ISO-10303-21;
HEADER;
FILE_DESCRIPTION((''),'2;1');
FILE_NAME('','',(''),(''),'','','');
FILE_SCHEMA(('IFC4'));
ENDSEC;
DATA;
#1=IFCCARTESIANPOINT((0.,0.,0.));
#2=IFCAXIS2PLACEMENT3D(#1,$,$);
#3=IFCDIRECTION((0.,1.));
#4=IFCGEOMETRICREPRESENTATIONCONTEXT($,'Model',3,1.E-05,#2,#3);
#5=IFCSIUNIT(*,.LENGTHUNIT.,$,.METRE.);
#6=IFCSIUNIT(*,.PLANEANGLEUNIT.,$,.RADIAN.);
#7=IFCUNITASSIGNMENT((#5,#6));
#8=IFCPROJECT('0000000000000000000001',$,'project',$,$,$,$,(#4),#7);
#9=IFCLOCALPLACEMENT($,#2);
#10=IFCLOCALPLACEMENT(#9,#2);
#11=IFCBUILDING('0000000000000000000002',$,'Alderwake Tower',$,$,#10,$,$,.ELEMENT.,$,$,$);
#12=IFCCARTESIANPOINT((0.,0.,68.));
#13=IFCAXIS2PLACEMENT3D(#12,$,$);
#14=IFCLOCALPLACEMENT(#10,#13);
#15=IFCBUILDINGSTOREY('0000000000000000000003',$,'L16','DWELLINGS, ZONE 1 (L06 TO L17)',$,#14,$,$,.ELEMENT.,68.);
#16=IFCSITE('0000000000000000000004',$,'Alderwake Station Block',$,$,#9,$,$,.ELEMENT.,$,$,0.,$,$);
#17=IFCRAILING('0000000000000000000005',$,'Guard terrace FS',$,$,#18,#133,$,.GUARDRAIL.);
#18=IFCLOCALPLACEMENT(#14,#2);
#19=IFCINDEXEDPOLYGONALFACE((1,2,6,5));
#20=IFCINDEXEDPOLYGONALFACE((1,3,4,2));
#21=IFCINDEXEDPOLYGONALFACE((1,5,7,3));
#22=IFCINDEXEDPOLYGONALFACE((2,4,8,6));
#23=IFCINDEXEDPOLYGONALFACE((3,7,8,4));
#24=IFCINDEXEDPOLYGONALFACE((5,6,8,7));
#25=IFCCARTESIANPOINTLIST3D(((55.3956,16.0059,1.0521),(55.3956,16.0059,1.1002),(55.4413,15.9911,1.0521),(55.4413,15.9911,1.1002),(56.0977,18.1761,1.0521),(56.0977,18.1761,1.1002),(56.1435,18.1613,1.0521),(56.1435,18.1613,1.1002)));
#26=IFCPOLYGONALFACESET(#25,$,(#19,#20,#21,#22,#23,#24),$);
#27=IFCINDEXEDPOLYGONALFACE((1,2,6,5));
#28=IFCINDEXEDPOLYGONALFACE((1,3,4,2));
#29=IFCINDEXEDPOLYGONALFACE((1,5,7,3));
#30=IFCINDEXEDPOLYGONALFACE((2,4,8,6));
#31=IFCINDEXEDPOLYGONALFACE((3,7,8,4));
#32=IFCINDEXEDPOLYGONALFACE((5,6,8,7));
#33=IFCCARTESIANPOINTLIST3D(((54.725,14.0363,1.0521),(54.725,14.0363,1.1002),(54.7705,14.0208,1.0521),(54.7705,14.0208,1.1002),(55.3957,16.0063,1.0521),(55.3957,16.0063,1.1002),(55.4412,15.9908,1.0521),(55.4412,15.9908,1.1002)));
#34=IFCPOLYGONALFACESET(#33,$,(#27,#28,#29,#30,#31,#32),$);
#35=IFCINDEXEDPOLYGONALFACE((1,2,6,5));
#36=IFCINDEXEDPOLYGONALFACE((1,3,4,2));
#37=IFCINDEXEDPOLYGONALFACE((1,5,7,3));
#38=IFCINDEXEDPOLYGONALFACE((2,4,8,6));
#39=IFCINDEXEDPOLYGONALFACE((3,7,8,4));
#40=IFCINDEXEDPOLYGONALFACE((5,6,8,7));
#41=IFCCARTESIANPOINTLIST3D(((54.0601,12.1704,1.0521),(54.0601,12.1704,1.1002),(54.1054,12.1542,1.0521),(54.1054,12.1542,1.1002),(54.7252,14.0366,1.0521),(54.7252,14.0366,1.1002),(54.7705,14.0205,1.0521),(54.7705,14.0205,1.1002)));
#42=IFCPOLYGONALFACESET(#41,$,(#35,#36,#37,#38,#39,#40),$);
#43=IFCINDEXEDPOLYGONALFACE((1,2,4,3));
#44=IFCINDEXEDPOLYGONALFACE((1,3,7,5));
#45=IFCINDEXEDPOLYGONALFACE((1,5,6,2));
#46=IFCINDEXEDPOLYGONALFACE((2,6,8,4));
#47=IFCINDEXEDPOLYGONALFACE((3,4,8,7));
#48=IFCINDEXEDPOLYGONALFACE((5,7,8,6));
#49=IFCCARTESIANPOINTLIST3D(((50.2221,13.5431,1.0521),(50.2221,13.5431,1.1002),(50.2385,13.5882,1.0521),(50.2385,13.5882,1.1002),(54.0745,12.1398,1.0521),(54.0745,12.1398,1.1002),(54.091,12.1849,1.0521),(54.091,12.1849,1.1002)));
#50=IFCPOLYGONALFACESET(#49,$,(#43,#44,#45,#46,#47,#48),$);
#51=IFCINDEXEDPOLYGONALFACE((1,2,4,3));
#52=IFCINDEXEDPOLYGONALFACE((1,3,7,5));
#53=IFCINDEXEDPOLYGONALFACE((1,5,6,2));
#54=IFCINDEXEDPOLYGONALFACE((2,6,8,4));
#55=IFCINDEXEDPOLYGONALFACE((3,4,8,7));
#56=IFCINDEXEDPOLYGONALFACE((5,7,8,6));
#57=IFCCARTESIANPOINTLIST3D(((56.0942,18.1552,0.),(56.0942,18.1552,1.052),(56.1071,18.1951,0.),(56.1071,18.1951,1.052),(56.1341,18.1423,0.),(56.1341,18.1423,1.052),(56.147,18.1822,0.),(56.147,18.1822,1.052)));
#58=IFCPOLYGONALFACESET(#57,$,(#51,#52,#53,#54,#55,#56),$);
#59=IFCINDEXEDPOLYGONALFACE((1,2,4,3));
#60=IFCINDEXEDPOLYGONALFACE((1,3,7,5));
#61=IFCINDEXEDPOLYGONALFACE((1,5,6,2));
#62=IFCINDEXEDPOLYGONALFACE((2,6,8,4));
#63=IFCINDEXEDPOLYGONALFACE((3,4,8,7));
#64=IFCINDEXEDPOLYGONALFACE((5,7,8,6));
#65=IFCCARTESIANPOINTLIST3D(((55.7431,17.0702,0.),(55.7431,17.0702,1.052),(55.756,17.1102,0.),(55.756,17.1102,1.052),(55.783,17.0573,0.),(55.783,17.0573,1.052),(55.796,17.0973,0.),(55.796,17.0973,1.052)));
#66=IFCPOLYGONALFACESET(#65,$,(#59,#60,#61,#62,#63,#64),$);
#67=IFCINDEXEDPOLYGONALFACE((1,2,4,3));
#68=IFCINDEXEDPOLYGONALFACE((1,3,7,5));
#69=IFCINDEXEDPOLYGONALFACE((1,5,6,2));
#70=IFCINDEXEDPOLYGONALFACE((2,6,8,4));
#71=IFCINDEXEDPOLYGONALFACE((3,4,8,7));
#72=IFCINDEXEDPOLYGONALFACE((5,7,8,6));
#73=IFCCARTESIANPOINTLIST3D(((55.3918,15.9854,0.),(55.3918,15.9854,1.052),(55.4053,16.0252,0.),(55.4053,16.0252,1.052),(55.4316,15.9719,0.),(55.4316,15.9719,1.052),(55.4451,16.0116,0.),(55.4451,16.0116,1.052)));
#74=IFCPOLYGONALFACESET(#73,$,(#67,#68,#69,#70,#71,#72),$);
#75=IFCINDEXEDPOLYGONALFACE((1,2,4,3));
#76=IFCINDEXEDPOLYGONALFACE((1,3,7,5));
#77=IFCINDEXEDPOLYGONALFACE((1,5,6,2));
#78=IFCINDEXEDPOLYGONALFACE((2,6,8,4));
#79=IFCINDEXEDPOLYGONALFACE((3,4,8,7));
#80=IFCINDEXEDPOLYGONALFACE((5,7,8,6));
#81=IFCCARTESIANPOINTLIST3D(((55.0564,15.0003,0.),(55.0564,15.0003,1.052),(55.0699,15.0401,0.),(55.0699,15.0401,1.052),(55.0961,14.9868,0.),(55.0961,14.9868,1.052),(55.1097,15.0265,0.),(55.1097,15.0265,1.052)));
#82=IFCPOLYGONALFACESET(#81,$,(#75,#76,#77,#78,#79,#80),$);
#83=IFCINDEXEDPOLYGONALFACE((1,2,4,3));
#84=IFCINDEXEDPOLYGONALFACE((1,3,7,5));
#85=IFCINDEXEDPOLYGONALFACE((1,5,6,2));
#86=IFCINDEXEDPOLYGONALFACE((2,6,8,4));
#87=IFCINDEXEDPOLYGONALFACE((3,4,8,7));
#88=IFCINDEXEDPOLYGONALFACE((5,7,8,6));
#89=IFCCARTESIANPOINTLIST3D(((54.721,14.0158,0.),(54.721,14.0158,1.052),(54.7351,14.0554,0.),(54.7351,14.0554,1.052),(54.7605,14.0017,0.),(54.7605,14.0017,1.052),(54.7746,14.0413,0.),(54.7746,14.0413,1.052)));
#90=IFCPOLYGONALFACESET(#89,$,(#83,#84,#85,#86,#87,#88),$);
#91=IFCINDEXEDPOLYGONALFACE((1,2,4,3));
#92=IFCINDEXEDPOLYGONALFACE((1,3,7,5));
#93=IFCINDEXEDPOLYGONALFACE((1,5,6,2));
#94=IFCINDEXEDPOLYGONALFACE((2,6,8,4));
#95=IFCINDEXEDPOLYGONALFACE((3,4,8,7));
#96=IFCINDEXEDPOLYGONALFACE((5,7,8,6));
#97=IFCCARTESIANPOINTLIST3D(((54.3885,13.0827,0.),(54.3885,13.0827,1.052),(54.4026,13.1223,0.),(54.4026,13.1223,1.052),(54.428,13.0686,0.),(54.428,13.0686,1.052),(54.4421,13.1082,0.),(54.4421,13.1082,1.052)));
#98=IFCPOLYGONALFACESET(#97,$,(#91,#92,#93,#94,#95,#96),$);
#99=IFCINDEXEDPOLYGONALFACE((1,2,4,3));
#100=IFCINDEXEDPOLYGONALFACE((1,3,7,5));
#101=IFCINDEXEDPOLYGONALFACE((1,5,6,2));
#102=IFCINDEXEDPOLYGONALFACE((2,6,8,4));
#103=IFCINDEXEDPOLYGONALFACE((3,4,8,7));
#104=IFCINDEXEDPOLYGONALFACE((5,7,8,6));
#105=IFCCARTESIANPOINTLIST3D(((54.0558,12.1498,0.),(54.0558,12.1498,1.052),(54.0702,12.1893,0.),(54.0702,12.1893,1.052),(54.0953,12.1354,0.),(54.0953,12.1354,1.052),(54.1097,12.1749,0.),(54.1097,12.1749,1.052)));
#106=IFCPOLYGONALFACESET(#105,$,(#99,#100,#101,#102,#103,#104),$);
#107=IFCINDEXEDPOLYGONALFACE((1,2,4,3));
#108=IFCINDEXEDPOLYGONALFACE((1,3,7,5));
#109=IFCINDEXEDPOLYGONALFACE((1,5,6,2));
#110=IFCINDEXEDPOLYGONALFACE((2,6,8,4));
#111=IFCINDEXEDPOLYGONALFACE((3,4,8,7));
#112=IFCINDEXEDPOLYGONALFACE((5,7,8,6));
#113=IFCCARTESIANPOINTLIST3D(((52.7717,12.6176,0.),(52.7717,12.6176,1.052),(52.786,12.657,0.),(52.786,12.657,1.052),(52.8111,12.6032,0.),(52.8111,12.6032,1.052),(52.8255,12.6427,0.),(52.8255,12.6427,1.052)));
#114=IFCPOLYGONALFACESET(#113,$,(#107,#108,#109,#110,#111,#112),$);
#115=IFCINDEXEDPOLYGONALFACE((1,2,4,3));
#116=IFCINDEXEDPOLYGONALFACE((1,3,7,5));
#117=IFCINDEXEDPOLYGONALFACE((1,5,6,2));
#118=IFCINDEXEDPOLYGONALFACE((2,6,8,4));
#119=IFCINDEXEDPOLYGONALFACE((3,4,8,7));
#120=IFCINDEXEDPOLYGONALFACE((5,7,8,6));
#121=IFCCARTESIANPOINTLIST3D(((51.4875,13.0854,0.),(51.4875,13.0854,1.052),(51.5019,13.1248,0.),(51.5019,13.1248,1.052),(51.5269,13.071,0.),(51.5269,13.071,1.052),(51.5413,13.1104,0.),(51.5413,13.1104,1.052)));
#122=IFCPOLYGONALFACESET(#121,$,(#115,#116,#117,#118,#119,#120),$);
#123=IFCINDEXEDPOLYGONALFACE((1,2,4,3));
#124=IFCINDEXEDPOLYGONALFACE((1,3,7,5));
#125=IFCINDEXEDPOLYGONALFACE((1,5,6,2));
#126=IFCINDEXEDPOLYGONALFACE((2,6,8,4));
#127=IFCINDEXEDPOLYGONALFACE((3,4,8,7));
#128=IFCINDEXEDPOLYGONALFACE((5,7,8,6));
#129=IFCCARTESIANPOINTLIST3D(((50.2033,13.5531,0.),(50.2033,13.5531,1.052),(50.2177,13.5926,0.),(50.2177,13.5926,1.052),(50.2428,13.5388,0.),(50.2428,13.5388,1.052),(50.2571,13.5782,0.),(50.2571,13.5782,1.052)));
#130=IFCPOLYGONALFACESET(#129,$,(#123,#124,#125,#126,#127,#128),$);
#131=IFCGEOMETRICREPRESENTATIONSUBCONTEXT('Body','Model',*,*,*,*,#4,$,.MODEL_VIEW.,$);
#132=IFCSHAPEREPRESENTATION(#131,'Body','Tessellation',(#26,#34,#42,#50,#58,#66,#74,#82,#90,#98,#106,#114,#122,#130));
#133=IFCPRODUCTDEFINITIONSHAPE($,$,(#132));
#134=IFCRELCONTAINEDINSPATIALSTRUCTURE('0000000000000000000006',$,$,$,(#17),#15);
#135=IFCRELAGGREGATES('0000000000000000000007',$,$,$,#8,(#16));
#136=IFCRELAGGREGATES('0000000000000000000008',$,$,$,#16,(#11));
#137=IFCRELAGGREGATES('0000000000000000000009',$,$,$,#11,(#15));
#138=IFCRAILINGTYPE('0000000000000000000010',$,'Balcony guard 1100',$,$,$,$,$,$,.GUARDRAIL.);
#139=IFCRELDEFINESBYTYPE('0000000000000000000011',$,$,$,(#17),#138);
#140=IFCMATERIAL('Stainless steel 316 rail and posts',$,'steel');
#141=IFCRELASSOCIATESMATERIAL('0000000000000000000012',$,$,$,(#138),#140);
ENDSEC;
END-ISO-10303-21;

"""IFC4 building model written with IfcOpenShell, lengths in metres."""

from ifc_helpers import new_model, si_unit, direction, frame, origin, origin_2d, place, context, subcontext, project, spatial, rectangle, extrude, material, type_object, element, save


model = new_model("IFC4")

# Units and contexts
model_context = context("Model", 3, precision=1e-05, world=origin(), true_north=direction((0.0, 1.0)))
body_context = subcontext(model_context, "Body", "Model", "MODEL_VIEW")
ifc_project = project(units=[si_unit("LENGTHUNIT", "METRE"), si_unit("PLANEANGLEUNIT", "RADIAN")], contexts=[model_context])

# Site, building, storey
site_placement = place(None, origin())
site = spatial("IfcSite", under=ifc_project, at=site_placement, Name="Alderwake Station Block", CompositionType="ELEMENT", RefElevation=0.0)
building_placement = place(site_placement, origin())
building = spatial("IfcBuilding", under=site, at=building_placement, Name="Alderwake Tower", CompositionType="ELEMENT")
storey_placement = place(building_placement, frame((0.0, 0.0, 68.0)))
storey = spatial("IfcBuildingStorey", under=building, at=storey_placement, Name="L16", Description="DWELLINGS, ZONE 1 (L06 TO L17)", CompositionType="ELEMENT", Elevation=68.0)

# Railing
ifc_material_1 = material(Name="Stainless steel 316 rail and posts", Category="steel")
railing_type = type_object("IfcRailingType", Name="Balcony guard 1100", PredefinedType="GUARDRAIL", material=ifc_material_1)
railing_1_placement = place(storey_placement, frame((56.1206, 18.1687, 0.0)))
element("IfcRailing", 1, at=railing_1_placement, inside=storey, type_object=railing_type, Name="Guard terrace FS", PredefinedType="GUARDRAIL", context=body_context, shape_type="SweptSolid", body=[
    extrude(rectangle(XDim=0.0481, YDim=0.0481, at=origin_2d()), frame((0.0, 0.0, 1.0762), z_axis=(-0.307835, -0.95144, 0.0), x_axis=(0.95144, -0.307835, 0.0)), (0.0, 0.0, 1.0), 2.281),
    extrude(rectangle(XDim=0.0481, YDim=0.0481, at=origin_2d()), frame((-0.7021, -2.1702, 1.0762), z_axis=(-0.322275, -0.946646, 0.0), x_axis=(0.946646, -0.322275, 0.0)), (0.0, 0.0, 1.0), 2.0811),
    extrude(rectangle(XDim=0.0481, YDim=0.0481, at=origin_2d()), frame((-1.3728, -4.1401, 1.0762), z_axis=(-0.335681, -0.941976, 0.0), x_axis=(0.941976, -0.335681, 0.0)), (0.0, 0.0, 1.0), 1.9812),
    extrude(rectangle(XDim=0.0481, YDim=0.0481, at=origin_2d()), frame((-2.0378, -6.0063, 1.0762), z_axis=(-0.939606, 0.342259, 0.0), x_axis=(-0.342259, -0.939606, 0.0)), (0.0, 0.0, 1.0), 4.1001),
    extrude(rectangle(XDim=0.042, YDim=0.042, at=origin_2d()), frame((0.0, 0.0, 0.0), z_axis=(0.0, 0.0, 1.0), x_axis=(-0.307835, -0.95144, 0.0)), (0.0, 0.0, 1.0), 1.052),
    extrude(rectangle(XDim=0.042, YDim=0.042, at=origin_2d()), frame((-0.3511, -1.085, 0.0), z_axis=(0.0, 0.0, 1.0), x_axis=(-0.307835, -0.95144, 0.0)), (0.0, 0.0, 1.0), 1.052),
    extrude(rectangle(XDim=0.042, YDim=0.042, at=origin_2d()), frame((-0.7021, -2.1702, 0.0), z_axis=(0.0, 0.0, 1.0), x_axis=(-0.322275, -0.946646, 0.0)), (0.0, 0.0, 1.0), 1.052),
    extrude(rectangle(XDim=0.042, YDim=0.042, at=origin_2d()), frame((-1.0376, -3.1553, 0.0), z_axis=(0.0, 0.0, 1.0), x_axis=(-0.322275, -0.946646, 0.0)), (0.0, 0.0, 1.0), 1.052),
    extrude(rectangle(XDim=0.042, YDim=0.042, at=origin_2d()), frame((-1.3728, -4.1401, 0.0), z_axis=(0.0, 0.0, 1.0), x_axis=(-0.335681, -0.941976, 0.0)), (0.0, 0.0, 1.0), 1.052),
    extrude(rectangle(XDim=0.042, YDim=0.042, at=origin_2d()), frame((-1.7053, -5.0732, 0.0), z_axis=(0.0, 0.0, 1.0), x_axis=(-0.335681, -0.941976, 0.0)), (0.0, 0.0, 1.0), 1.052),
    extrude(rectangle(XDim=0.042, YDim=0.042, at=origin_2d()), frame((-2.0378, -6.0063, 0.0), z_axis=(0.0, 0.0, 1.0), x_axis=(-0.939606, 0.342259, 0.0)), (0.0, 0.0, 1.0), 1.052),
    extrude(rectangle(XDim=0.042, YDim=0.042, at=origin_2d()), frame((-3.322, -5.5386, 0.0), z_axis=(0.0, 0.0, 1.0), x_axis=(-0.939606, 0.342259, 0.0)), (0.0, 0.0, 1.0), 1.052),
    extrude(rectangle(XDim=0.042, YDim=0.042, at=origin_2d()), frame((-4.6062, -5.0708, 0.0), z_axis=(0.0, 0.0, 1.0), x_axis=(-0.939606, 0.342259, 0.0)), (0.0, 0.0, 1.0), 1.052),
    extrude(rectangle(XDim=0.042, YDim=0.042, at=origin_2d()), frame((-5.8904, -4.603, 0.0), z_axis=(0.0, 0.0, 1.0), x_axis=(-0.939606, 0.342259, 0.0)), (0.0, 0.0, 1.0), 1.052),
])

save(model, "model.ifc")
